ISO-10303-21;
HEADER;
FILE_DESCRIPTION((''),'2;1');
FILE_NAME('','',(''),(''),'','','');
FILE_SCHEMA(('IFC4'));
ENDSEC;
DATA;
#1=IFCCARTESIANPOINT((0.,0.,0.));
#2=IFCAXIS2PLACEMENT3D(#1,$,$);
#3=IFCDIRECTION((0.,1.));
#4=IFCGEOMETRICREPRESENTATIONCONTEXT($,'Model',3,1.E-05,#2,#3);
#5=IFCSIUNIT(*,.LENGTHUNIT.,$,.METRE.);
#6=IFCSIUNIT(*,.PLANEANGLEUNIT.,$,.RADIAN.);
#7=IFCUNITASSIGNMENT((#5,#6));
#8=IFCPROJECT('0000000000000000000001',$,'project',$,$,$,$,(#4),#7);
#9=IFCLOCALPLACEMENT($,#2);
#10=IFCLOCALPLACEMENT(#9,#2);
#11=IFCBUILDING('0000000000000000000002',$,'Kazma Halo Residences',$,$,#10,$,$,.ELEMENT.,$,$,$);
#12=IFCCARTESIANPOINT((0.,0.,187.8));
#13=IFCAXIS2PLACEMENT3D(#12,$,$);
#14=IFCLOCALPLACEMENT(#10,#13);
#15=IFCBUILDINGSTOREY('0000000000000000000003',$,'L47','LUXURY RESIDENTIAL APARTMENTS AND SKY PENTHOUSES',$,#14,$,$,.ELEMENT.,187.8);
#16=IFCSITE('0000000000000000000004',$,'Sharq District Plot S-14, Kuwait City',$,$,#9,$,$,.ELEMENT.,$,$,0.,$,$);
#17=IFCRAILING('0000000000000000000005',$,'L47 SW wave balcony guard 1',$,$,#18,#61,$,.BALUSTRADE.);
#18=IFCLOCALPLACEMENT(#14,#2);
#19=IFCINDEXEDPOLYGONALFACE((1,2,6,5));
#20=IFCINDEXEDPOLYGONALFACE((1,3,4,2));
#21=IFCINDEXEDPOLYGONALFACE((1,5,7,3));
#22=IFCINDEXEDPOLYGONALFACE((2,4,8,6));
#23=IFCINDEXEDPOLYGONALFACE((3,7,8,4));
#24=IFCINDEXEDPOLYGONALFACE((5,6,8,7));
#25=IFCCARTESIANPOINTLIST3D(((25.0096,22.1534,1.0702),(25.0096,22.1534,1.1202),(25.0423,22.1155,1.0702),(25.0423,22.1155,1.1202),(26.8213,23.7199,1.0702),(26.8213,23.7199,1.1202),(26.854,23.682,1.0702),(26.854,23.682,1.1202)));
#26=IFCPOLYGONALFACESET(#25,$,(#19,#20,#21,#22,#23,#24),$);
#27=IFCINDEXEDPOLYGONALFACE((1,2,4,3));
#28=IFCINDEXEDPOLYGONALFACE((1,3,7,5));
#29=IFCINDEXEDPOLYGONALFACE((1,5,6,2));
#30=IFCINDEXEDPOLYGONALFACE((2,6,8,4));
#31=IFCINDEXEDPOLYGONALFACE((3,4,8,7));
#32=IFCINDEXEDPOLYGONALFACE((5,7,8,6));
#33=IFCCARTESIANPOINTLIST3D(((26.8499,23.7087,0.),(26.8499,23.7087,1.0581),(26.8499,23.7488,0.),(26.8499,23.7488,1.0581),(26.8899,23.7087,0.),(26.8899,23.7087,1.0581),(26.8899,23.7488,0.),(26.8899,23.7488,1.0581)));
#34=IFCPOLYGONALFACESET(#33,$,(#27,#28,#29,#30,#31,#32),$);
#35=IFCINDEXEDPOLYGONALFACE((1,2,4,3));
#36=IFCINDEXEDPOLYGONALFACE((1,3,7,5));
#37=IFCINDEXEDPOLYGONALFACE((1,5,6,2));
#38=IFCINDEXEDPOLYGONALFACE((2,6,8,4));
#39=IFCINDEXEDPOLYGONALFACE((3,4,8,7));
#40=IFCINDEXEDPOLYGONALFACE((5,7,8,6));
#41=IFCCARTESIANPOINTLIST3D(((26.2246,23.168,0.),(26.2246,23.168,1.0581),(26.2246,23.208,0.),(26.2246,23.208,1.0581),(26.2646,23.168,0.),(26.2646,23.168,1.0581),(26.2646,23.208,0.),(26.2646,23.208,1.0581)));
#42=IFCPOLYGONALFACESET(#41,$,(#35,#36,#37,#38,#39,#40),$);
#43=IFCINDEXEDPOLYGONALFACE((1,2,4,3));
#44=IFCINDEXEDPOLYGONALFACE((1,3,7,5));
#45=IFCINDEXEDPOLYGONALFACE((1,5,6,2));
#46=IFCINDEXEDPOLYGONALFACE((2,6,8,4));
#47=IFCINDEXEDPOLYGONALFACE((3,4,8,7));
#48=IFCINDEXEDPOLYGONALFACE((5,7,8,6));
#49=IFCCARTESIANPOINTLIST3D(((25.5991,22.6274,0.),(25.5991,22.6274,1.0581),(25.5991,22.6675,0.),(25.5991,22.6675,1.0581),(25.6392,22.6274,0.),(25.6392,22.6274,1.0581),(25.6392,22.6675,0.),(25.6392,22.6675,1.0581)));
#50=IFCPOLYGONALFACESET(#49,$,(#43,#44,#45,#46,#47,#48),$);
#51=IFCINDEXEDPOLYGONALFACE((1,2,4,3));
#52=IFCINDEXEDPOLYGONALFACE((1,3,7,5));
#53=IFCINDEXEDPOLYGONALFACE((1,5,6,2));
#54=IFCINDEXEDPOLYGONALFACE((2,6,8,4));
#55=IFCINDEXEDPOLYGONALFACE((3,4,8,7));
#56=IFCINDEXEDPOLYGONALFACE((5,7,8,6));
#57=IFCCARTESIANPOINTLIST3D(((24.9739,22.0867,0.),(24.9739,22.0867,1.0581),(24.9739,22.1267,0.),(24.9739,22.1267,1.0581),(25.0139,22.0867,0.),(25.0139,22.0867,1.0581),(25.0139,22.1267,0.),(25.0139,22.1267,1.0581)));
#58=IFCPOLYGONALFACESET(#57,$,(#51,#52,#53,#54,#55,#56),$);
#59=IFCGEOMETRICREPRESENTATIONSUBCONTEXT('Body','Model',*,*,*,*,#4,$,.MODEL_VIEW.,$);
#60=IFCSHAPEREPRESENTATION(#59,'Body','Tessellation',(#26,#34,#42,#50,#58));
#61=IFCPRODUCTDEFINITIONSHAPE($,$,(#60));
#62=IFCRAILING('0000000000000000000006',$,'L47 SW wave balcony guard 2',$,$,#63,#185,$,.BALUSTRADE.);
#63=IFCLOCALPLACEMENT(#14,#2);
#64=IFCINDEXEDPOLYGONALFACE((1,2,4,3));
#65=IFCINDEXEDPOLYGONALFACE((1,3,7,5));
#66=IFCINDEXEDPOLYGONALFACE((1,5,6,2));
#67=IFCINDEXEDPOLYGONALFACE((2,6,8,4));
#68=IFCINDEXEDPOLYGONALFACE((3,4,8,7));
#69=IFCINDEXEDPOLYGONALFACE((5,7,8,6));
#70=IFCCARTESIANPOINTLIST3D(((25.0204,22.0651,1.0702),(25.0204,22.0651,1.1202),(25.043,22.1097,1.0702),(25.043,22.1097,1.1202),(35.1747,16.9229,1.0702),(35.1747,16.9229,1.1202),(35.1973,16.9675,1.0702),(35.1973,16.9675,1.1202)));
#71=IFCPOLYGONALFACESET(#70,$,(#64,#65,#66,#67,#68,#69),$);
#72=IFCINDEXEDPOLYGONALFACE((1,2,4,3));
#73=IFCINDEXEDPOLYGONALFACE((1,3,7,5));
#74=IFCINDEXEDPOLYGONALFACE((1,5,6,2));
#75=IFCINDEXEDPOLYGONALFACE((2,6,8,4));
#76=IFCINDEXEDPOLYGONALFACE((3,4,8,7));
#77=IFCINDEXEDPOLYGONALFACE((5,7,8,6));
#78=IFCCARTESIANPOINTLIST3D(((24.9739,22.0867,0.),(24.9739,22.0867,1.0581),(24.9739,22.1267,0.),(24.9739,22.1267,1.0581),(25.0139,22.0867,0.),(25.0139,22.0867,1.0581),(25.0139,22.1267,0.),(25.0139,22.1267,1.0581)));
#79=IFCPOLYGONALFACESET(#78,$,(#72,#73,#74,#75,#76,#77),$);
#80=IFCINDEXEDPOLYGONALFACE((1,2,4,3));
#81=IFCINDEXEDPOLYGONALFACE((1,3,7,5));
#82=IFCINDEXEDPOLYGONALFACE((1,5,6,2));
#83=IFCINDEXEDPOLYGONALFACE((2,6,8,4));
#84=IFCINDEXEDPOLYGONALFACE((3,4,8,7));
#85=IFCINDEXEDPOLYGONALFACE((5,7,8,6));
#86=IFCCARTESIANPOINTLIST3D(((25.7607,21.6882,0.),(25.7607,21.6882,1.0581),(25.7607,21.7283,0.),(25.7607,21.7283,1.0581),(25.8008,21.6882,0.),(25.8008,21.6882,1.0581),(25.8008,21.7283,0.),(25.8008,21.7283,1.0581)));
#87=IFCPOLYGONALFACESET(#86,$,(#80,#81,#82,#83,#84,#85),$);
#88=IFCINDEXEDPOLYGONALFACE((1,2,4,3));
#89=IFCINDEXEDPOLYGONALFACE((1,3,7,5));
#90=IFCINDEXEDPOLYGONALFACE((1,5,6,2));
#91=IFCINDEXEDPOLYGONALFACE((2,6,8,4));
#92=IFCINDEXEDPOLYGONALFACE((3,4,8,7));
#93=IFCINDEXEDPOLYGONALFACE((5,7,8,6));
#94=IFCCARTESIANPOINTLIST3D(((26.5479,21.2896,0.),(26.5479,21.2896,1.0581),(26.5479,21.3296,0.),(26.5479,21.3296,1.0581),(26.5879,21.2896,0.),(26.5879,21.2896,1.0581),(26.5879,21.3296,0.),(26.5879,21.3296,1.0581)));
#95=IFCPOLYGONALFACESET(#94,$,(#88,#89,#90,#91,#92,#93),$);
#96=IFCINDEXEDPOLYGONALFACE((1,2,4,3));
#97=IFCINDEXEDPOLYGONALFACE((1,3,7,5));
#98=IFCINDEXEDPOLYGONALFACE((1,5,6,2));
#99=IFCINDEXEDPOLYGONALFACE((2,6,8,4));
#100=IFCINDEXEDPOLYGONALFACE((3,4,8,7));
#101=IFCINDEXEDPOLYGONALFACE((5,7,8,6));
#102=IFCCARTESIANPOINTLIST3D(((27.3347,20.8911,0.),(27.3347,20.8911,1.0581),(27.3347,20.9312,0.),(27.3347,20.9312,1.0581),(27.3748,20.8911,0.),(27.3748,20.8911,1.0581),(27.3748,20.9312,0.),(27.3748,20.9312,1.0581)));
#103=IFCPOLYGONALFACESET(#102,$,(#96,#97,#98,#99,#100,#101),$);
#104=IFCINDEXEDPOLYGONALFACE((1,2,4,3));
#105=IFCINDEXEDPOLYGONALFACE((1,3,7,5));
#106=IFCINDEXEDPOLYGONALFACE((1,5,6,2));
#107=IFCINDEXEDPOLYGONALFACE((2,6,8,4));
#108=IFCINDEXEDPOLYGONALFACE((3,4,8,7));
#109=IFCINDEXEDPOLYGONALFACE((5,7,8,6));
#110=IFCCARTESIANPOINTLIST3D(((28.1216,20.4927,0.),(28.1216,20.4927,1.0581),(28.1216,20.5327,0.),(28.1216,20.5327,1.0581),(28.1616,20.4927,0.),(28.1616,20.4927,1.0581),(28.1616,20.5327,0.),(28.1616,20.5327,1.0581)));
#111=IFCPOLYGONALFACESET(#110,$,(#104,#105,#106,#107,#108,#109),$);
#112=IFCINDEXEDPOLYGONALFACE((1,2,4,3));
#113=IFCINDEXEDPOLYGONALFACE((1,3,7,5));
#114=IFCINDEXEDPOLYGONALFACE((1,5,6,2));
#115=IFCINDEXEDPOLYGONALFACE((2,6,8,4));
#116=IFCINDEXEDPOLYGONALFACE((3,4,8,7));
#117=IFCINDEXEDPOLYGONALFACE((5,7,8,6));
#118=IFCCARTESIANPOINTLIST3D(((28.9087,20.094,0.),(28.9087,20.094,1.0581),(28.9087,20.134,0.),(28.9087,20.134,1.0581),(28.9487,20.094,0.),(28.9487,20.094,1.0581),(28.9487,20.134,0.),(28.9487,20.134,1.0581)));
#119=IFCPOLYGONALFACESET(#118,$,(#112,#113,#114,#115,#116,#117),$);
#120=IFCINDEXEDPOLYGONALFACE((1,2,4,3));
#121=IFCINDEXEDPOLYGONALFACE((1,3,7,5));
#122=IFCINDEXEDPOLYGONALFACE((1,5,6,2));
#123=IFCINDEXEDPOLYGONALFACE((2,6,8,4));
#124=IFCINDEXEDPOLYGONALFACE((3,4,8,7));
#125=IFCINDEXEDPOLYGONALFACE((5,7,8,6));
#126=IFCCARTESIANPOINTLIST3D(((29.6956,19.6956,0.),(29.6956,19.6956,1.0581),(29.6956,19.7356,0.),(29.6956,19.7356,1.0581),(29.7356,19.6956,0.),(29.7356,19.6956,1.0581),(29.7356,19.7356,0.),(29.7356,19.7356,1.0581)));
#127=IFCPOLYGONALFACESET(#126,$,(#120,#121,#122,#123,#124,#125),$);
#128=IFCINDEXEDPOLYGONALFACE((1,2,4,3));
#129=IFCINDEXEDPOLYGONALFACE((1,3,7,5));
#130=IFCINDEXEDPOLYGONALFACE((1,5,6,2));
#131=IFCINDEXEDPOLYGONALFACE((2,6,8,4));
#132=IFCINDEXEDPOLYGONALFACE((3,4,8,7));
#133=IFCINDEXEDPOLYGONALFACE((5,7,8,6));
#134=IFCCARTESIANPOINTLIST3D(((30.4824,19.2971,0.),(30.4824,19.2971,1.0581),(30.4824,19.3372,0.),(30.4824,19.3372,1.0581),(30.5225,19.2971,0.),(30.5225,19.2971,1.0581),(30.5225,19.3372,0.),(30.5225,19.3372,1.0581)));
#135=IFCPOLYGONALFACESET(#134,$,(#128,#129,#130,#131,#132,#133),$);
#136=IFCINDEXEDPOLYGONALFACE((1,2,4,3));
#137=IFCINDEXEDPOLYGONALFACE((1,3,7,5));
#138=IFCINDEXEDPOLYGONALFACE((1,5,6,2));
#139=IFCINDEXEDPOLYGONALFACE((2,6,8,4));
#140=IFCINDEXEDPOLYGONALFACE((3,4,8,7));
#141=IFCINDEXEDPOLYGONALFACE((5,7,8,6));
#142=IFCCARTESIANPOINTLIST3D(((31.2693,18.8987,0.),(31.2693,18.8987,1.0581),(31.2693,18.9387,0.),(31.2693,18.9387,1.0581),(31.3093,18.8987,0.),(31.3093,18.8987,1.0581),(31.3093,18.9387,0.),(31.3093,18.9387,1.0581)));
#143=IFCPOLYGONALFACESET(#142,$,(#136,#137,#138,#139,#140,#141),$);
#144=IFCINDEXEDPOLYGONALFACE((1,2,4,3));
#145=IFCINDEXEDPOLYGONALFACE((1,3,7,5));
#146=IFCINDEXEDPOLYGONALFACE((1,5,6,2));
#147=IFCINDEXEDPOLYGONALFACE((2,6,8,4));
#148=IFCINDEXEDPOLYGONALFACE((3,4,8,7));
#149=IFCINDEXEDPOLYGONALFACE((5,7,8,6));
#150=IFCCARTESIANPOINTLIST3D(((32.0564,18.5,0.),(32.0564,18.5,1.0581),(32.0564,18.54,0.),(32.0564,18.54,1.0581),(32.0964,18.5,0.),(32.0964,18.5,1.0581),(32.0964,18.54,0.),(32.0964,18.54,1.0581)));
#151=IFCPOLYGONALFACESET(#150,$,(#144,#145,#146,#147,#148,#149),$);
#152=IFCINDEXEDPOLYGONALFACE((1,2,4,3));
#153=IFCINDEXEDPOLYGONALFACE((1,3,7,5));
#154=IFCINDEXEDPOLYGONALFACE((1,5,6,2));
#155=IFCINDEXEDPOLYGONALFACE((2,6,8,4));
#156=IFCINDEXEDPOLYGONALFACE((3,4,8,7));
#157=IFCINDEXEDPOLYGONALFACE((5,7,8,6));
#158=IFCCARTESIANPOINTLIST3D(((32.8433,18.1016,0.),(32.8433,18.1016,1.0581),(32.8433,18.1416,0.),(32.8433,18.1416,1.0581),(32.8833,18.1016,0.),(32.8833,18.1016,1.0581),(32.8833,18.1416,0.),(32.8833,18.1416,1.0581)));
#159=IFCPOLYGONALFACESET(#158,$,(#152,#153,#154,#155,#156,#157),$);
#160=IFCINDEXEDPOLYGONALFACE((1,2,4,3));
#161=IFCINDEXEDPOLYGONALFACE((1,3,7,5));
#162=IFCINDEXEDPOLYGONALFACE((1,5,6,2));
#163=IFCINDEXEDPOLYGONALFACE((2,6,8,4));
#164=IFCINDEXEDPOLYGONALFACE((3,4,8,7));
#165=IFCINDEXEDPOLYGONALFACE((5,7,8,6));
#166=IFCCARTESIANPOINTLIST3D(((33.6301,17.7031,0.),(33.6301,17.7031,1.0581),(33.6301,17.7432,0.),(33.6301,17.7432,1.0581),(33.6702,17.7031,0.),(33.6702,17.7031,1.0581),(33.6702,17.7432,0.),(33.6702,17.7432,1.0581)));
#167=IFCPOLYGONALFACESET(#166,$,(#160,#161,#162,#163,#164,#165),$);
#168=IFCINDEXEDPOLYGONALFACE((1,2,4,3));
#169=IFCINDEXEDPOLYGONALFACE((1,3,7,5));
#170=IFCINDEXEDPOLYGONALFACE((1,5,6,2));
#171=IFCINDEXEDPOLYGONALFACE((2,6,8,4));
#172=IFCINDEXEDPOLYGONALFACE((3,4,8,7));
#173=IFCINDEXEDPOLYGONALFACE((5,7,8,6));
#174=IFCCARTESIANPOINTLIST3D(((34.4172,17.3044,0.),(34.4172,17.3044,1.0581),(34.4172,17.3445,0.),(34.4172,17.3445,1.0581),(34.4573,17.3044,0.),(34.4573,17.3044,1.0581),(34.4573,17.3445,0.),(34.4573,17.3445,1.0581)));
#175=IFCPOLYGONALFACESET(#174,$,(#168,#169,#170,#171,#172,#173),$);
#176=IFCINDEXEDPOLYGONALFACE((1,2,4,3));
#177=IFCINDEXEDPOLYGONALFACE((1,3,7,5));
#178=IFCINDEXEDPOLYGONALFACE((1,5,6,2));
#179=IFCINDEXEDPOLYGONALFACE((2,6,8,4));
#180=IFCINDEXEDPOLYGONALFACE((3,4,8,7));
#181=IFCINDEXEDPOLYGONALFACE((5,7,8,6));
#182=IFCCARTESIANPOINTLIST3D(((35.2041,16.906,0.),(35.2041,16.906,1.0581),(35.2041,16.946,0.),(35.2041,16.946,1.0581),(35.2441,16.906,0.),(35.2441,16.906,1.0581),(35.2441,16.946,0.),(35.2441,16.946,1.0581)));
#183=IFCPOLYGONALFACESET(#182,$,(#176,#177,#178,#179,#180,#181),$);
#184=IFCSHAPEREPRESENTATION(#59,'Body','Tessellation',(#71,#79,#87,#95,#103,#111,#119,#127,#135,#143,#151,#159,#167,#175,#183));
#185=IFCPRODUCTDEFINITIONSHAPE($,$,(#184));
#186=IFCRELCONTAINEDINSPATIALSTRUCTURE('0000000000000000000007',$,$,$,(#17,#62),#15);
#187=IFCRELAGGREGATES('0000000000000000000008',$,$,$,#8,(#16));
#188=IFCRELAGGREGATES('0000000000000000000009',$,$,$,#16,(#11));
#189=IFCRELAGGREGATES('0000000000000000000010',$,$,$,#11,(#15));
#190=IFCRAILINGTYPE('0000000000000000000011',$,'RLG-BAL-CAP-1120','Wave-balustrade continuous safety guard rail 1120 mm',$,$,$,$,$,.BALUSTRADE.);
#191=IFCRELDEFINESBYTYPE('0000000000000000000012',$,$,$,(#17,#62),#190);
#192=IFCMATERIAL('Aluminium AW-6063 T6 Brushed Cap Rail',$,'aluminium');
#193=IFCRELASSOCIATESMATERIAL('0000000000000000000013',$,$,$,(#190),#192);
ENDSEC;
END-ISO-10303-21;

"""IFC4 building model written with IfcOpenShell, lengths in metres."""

from ifc_helpers import new_model, si_unit, direction, frame, origin, origin_2d, place, context, subcontext, project, spatial, rectangle, extrude, material, type_object, element, save


model = new_model("IFC4")

# Units and contexts
model_context = context("Model", 3, precision=1e-05, world=origin(), true_north=direction((0.0, 1.0)))
body_context = subcontext(model_context, "Body", "Model", "MODEL_VIEW")
ifc_project = project(units=[si_unit("LENGTHUNIT", "METRE"), si_unit("PLANEANGLEUNIT", "RADIAN")], contexts=[model_context])

# Site, building, storey
site_placement = place(None, origin())
site = spatial("IfcSite", under=ifc_project, at=site_placement, Name="Sharq District Plot S-14, Kuwait City", CompositionType="ELEMENT", RefElevation=0.0)
building_placement = place(site_placement, origin())
building = spatial("IfcBuilding", under=site, at=building_placement, Name="Kazma Halo Residences", CompositionType="ELEMENT")
storey_placement = place(building_placement, frame((0.0, 0.0, 187.8)))
storey = spatial("IfcBuildingStorey", under=building, at=storey_placement, Name="L47", Description="LUXURY RESIDENTIAL APARTMENTS AND SKY PENTHOUSES", CompositionType="ELEMENT", Elevation=187.8)

# Railings
ifc_material_1 = material(Name="Aluminium AW-6063 T6 Brushed Cap Rail", Category="aluminium")
railing_type = type_object("IfcRailingType", Name="RLG-BAL-CAP-1120", Description="Wave-balustrade continuous safety guard rail 1120 mm", PredefinedType="BALUSTRADE", material=ifc_material_1)
railing_1_placement = place(storey_placement, frame((26.8699, 23.7288, 0.0)))
element("IfcRailing", 1, at=railing_1_placement, inside=storey, type_object=railing_type, Name="L47 SW wave balcony guard 1", PredefinedType="BALUSTRADE", context=body_context, shape_type="SweptSolid", body=[
    extrude(rectangle(XDim=0.05, YDim=0.05, at=origin_2d()), frame((-0.0322, -0.0278, 1.0952), z_axis=(-0.756442, -0.654061, 0.0), x_axis=(0.654061, -0.756442, 0.0)), (0.0, 0.0, 1.0), 2.395),
    extrude(rectangle(XDim=0.04, YDim=0.04, at=origin_2d()), origin(), (0.0, 0.0, 1.0), 1.0581),
    extrude(rectangle(XDim=0.04, YDim=0.04, at=origin_2d()), frame((-0.6252, -0.5408, 0.0)), (0.0, 0.0, 1.0), 1.0581),
    extrude(rectangle(XDim=0.04, YDim=0.04, at=origin_2d()), frame((-1.2507, -1.0813, 0.0)), (0.0, 0.0, 1.0), 1.0581),
    extrude(rectangle(XDim=0.04, YDim=0.04, at=origin_2d()), frame((-1.876, -1.6221, 0.0)), (0.0, 0.0, 1.0), 1.0581),
])
railing_2_placement = place(storey_placement, frame((24.9939, 22.1067, 0.0)))
element("IfcRailing", 2, at=railing_2_placement, inside=storey, type_object=railing_type, Name="L47 SW wave balcony guard 2", PredefinedType="BALUSTRADE", context=body_context, shape_type="SweptSolid", body=[
    extrude(rectangle(XDim=0.05, YDim=0.05, at=origin_2d()), frame((0.0378, -0.0193, 1.0952), z_axis=(0.892129, -0.451781, 0.0), x_axis=(0.451781, 0.892129, 0.0)), (0.0, 0.0, 1.0), 11.3821),
    extrude(rectangle(XDim=0.04, YDim=0.04, at=origin_2d()), origin(), (0.0, 0.0, 1.0), 1.0581),
    extrude(rectangle(XDim=0.04, YDim=0.04, at=origin_2d()), frame((0.7869, -0.3984, 0.0)), (0.0, 0.0, 1.0), 1.0581),
    extrude(rectangle(XDim=0.04, YDim=0.04, at=origin_2d()), frame((1.574, -0.7971, 0.0)), (0.0, 0.0, 1.0), 1.0581),
    extrude(rectangle(XDim=0.04, YDim=0.04, at=origin_2d()), frame((2.3608, -1.1956, 0.0)), (0.0, 0.0, 1.0), 1.0581),
    extrude(rectangle(XDim=0.04, YDim=0.04, at=origin_2d()), frame((3.1477, -1.594, 0.0)), (0.0, 0.0, 1.0), 1.0581),
    extrude(rectangle(XDim=0.04, YDim=0.04, at=origin_2d()), frame((3.9348, -1.9927, 0.0)), (0.0, 0.0, 1.0), 1.0581),
    extrude(rectangle(XDim=0.04, YDim=0.04, at=origin_2d()), frame((4.7217, -2.3911, 0.0)), (0.0, 0.0, 1.0), 1.0581),
    extrude(rectangle(XDim=0.04, YDim=0.04, at=origin_2d()), frame((5.5085, -2.7896, 0.0)), (0.0, 0.0, 1.0), 1.0581),
    extrude(rectangle(XDim=0.04, YDim=0.04, at=origin_2d()), frame((6.2954, -3.188, 0.0)), (0.0, 0.0, 1.0), 1.0581),
    extrude(rectangle(XDim=0.04, YDim=0.04, at=origin_2d()), frame((7.0825, -3.5867, 0.0)), (0.0, 0.0, 1.0), 1.0581),
    extrude(rectangle(XDim=0.04, YDim=0.04, at=origin_2d()), frame((7.8694, -3.9851, 0.0)), (0.0, 0.0, 1.0), 1.0581),
    extrude(rectangle(XDim=0.04, YDim=0.04, at=origin_2d()), frame((8.6562, -4.3835, 0.0)), (0.0, 0.0, 1.0), 1.0581),
    extrude(rectangle(XDim=0.04, YDim=0.04, at=origin_2d()), frame((9.4434, -4.7822, 0.0)), (0.0, 0.0, 1.0), 1.0581),
    extrude(rectangle(XDim=0.04, YDim=0.04, at=origin_2d()), frame((10.2302, -5.1807, 0.0)), (0.0, 0.0, 1.0), 1.0581),
])

save(model, "model.ifc")
